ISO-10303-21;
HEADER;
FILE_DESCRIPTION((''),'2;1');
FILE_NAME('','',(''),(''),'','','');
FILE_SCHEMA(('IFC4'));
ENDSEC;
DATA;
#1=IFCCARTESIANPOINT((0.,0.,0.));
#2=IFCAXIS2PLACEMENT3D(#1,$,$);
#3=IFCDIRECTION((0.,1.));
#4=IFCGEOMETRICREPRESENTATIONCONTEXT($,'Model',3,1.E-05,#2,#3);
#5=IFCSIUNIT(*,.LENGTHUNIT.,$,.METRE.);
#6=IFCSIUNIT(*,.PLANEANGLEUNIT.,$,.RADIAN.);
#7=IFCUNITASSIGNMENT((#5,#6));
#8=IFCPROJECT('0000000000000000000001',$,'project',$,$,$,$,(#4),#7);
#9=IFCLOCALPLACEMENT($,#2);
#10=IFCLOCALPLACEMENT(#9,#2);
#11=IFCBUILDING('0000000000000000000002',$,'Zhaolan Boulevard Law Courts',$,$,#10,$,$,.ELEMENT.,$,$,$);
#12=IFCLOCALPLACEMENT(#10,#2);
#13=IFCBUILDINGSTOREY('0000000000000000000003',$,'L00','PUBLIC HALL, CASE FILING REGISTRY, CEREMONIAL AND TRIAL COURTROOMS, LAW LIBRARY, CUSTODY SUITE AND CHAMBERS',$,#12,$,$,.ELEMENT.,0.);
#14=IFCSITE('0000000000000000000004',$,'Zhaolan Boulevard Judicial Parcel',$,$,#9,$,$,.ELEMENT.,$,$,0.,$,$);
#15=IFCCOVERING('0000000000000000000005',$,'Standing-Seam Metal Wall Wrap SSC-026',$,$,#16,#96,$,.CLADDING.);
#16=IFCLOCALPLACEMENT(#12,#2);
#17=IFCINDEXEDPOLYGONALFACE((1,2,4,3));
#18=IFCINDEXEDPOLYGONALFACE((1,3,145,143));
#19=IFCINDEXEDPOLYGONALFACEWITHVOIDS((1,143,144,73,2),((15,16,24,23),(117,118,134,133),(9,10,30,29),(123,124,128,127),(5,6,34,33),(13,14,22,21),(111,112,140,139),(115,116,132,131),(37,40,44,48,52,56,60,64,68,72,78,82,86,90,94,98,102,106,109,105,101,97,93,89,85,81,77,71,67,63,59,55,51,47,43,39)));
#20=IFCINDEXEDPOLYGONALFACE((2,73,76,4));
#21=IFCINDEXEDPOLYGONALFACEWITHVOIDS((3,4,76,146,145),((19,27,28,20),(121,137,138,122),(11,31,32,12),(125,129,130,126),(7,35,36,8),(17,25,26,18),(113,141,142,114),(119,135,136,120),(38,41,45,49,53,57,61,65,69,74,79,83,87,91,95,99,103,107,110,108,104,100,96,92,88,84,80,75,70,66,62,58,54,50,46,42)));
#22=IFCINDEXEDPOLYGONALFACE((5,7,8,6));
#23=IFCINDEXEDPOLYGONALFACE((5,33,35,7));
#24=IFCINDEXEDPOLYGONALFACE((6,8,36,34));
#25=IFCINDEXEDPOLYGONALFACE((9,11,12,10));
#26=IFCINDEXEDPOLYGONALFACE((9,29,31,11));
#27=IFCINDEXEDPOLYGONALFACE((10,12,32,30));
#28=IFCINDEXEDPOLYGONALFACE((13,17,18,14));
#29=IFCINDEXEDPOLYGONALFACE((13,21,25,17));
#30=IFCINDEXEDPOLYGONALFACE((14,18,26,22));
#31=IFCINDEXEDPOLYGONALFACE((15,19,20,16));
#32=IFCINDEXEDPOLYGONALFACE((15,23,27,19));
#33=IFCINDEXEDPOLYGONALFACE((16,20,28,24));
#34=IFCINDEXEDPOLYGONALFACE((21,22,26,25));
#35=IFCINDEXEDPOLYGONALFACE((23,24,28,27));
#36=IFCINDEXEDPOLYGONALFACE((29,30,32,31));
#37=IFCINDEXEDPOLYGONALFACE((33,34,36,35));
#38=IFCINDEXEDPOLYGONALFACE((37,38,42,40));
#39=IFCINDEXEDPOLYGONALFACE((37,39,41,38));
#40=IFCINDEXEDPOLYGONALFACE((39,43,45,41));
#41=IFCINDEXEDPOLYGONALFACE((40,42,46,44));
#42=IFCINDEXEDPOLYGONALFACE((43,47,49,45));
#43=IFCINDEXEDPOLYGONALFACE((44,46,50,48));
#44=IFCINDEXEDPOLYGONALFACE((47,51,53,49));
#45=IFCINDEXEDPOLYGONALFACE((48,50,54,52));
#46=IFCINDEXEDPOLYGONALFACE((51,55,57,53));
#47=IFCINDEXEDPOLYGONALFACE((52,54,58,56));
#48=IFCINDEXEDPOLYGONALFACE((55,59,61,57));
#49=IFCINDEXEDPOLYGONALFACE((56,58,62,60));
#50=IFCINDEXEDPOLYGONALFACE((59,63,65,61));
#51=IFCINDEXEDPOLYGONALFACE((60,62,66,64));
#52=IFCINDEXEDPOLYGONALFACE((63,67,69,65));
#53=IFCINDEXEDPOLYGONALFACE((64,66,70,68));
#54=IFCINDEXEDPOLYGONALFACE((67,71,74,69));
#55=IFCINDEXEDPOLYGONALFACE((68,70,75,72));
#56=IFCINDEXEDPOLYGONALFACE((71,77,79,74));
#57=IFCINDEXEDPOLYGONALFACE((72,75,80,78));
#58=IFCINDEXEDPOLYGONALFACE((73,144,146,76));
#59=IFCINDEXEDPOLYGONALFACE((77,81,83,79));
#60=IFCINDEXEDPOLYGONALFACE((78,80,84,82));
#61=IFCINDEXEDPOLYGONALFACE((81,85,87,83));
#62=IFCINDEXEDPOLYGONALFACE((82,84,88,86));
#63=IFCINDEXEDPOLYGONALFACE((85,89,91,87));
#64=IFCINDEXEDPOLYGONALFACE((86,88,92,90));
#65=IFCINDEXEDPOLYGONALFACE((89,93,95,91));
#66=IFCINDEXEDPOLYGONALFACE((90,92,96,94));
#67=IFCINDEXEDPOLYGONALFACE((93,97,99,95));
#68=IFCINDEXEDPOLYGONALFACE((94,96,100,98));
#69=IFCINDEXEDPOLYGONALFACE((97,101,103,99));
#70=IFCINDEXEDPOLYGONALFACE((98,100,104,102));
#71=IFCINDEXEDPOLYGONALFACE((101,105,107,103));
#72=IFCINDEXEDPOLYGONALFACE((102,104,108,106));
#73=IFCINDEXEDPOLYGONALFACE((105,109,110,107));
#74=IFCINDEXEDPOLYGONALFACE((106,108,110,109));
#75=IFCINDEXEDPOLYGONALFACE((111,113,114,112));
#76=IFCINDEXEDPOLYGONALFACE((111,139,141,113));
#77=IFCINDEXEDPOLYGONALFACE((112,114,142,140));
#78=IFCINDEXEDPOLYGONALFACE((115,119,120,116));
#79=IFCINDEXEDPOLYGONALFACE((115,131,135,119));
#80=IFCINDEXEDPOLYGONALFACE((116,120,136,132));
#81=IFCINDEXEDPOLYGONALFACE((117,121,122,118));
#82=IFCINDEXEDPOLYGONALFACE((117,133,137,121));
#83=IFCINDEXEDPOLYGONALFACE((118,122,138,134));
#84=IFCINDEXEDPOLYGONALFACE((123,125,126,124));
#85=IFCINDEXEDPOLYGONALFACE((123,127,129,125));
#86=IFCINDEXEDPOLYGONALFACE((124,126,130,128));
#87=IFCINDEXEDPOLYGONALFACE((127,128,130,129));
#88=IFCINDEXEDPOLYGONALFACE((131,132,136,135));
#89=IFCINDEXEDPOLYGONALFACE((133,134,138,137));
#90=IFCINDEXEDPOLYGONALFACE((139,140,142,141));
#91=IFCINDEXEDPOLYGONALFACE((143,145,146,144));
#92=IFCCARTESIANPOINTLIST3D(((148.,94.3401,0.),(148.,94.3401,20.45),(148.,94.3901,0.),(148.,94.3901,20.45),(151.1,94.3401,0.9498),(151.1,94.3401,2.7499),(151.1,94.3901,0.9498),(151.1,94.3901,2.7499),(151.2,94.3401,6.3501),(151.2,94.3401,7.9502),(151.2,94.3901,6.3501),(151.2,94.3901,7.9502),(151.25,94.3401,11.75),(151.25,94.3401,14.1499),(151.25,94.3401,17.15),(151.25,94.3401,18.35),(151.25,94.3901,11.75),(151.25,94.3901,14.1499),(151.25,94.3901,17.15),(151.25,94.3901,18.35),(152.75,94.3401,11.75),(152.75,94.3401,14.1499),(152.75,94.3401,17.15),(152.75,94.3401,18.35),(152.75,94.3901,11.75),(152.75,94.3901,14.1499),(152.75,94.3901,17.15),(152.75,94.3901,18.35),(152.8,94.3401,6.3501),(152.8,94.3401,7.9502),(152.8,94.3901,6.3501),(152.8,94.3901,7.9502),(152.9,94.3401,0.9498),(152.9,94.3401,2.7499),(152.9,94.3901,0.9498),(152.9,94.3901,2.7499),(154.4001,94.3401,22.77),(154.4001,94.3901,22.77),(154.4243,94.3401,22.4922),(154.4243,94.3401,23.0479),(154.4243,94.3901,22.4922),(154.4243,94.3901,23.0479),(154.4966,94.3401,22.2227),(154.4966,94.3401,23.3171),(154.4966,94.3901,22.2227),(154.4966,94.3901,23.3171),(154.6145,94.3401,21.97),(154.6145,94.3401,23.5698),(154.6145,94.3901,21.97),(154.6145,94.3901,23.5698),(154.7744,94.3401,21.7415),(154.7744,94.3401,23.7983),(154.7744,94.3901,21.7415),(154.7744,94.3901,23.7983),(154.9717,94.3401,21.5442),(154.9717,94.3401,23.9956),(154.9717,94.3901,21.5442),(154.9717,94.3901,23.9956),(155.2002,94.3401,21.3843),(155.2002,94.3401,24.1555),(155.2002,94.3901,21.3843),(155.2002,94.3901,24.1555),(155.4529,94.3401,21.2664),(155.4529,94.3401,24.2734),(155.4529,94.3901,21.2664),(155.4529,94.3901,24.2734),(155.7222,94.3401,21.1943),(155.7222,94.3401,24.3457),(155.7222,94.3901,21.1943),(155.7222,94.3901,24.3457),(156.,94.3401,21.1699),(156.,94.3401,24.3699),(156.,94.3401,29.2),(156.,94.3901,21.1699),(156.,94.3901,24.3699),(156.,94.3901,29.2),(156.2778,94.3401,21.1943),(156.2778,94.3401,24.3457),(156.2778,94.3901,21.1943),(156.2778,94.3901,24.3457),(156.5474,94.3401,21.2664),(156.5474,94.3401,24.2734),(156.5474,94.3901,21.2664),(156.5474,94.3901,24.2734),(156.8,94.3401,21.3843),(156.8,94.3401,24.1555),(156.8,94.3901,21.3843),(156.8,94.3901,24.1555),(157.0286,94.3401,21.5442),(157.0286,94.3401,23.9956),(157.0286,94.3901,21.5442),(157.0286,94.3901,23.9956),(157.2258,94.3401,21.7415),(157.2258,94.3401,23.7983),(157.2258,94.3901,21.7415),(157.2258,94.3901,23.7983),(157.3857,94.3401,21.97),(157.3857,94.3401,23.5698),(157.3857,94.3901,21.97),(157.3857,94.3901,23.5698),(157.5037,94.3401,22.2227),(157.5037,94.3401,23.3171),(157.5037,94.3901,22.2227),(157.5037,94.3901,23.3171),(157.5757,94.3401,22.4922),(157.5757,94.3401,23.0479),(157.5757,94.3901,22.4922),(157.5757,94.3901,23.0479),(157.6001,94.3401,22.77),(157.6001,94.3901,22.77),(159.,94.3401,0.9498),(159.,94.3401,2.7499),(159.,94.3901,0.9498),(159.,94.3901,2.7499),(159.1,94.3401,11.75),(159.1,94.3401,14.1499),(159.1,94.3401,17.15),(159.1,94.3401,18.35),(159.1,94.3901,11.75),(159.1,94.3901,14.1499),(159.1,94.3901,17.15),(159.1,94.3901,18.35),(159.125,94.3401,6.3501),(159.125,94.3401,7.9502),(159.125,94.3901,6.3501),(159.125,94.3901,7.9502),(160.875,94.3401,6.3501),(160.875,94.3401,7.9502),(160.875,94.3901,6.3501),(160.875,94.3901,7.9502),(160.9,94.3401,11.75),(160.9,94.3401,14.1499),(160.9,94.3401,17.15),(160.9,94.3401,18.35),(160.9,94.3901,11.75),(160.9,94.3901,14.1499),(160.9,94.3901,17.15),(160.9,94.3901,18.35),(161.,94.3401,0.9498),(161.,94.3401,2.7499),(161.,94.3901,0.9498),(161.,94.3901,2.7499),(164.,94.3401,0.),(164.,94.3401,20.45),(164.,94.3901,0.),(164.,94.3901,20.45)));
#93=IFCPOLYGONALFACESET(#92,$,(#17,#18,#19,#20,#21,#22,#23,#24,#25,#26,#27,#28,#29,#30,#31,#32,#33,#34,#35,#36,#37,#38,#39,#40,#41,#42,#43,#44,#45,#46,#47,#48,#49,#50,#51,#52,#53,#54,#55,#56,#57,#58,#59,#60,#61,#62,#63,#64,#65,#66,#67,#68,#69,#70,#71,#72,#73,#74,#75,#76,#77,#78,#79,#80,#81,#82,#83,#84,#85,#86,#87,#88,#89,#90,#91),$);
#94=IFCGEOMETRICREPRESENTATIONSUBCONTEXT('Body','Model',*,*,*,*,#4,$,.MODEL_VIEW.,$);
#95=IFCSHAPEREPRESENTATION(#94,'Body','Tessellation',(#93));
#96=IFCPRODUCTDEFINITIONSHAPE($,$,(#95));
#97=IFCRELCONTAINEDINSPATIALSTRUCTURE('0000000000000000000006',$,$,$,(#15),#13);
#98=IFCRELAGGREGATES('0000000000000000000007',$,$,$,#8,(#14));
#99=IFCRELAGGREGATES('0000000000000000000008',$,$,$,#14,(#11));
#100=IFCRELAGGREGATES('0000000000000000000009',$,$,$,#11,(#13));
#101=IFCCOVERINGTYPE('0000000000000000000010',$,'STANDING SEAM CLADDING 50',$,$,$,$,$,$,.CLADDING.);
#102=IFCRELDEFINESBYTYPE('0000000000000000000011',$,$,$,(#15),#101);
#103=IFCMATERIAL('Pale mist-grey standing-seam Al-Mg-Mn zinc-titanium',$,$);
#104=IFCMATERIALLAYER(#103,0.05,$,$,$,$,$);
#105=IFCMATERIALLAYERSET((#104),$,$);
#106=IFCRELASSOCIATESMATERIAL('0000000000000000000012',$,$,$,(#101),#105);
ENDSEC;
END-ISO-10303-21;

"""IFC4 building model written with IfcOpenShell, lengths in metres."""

from ifc_helpers import new_model, si_unit, direction, frame, frame_2d, origin, place, context, subcontext, project, spatial, polyline, rectangle, outline, extrude, material, layer, layer_set, type_object, element, save


model = new_model("IFC4")

# Units and contexts
model_context = context("Model", 3, precision=1e-05, world=origin(), true_north=direction((0.0, 1.0)))
body_context = subcontext(model_context, "Body", "Model", "MODEL_VIEW")
ifc_project = project(units=[si_unit("LENGTHUNIT", "METRE"), si_unit("PLANEANGLEUNIT", "RADIAN")], contexts=[model_context])

# Site, building, storey
site_placement = place(None, origin())
site = spatial("IfcSite", under=ifc_project, at=site_placement, Name="Zhaolan Boulevard Judicial Parcel", CompositionType="ELEMENT", RefElevation=0.0)
building_placement = place(site_placement, origin())
building = spatial("IfcBuilding", under=site, at=building_placement, Name="Zhaolan Boulevard Law Courts", CompositionType="ELEMENT")
storey_placement = place(building_placement, origin())
storey = spatial("IfcBuildingStorey", under=building, at=storey_placement, Name="L00", Description="PUBLIC HALL, CASE FILING REGISTRY, CEREMONIAL AND TRIAL COURTROOMS, LAW LIBRARY, CUSTODY SUITE AND CHAMBERS", CompositionType="ELEMENT", Elevation=0.0)

# Covering, openings
ifc_material_1 = material(Name="Pale mist-grey standing-seam Al-Mg-Mn zinc-titanium")
ifc_layer_1 = layer(ifc_material_1, 0.05)
ifc_layer_set_1 = layer_set([ifc_layer_1])
covering_type = type_object("IfcCoveringType", Name="STANDING SEAM CLADDING 50", PredefinedType="CLADDING", material=ifc_layer_set_1)
covering_placement = place(storey_placement, frame((164.0, 94.365, 0.0), z_axis=(0.0, 0.0, 1.0), x_axis=(-1.0, 0.0, 0.0)))
covering = element("IfcCovering", 1, at=covering_placement, inside=storey, type_object=covering_type, Name="Standing-Seam Metal Wall Wrap SSC-026", PredefinedType="CLADDING", context=body_context, shape_type="SweptSolid", body=[
    extrude(outline(polyline([(0.0, 0.0), (16.0, 0.0), (16.0, 20.45), (8.0, 29.2), (0.0, 20.45), (0.0, 0.0)])), frame((0.0, 0.0249, 0.0), z_axis=(0.0, -1.0, 0.0), x_axis=(1.0, 0.0, 0.0)), (0.0, 0.0, 1.0), 0.05),
])
opening_1_placement = place(storey_placement, frame((152.8999, 94.365, 0.95), z_axis=(0.0, 0.0, 1.0), x_axis=(-1.0, 0.0, 0.0)))
element("IfcOpeningElement", 2, at=opening_1_placement, cuts=covering, PredefinedType="OPENING", context=body_context, shape_type="SweptSolid", body=[
    extrude(rectangle(XDim=1.8, YDim=1.8, at=frame_2d((0.8999, 0.8999))), frame((0.0, 0.1499, 0.0), z_axis=(0.0, -1.0, 0.0), x_axis=(1.0, 0.0, 0.0)), (0.0, 0.0, 1.0), 0.3),
])
opening_2_placement = place(storey_placement, frame((161.0, 94.365, 0.95), z_axis=(0.0, 0.0, 1.0), x_axis=(-1.0, 0.0, 0.0)))
element("IfcOpeningElement", 3, at=opening_2_placement, cuts=covering, PredefinedType="OPENING", context=body_context, shape_type="SweptSolid", body=[
    extrude(rectangle(XDim=2.0, YDim=1.8, at=frame_2d((1.0, 0.8999))), frame((0.0, 0.1499, 0.0), z_axis=(0.0, -1.0, 0.0), x_axis=(1.0, 0.0, 0.0)), (0.0, 0.0, 1.0), 0.3),
])
opening_3_placement = place(storey_placement, frame((152.8, 94.365, 6.3501), z_axis=(0.0, 0.0, 1.0), x_axis=(-1.0, 0.0, 0.0)))
element("IfcOpeningElement", 4, at=opening_3_placement, cuts=covering, PredefinedType="OPENING", context=body_context, shape_type="SweptSolid", body=[
    extrude(rectangle(XDim=1.6001, YDim=1.6001, at=frame_2d((0.8, 0.8))), frame((0.0, 0.1499, 0.0), z_axis=(0.0, -1.0, 0.0), x_axis=(1.0, 0.0, 0.0)), (0.0, 0.0, 1.0), 0.3),
])
opening_4_placement = place(storey_placement, frame((160.875, 94.365, 6.3501), z_axis=(0.0, 0.0, 1.0), x_axis=(-1.0, 0.0, 0.0)))
element("IfcOpeningElement", 5, at=opening_4_placement, cuts=covering, PredefinedType="OPENING", context=body_context, shape_type="SweptSolid", body=[
    extrude(rectangle(XDim=1.75, YDim=1.6001, at=frame_2d((0.875, 0.8))), frame((0.0, 0.1499, 0.0), z_axis=(0.0, -1.0, 0.0), x_axis=(1.0, 0.0, 0.0)), (0.0, 0.0, 1.0), 0.3),
])
opening_5_placement = place(storey_placement, frame((152.75, 94.365, 11.75), z_axis=(0.0, 0.0, 1.0), x_axis=(-1.0, 0.0, 0.0)))
element("IfcOpeningElement", 6, at=opening_5_placement, cuts=covering, PredefinedType="OPENING", context=body_context, shape_type="SweptSolid", body=[
    extrude(rectangle(XDim=1.5, YDim=2.3999, at=frame_2d((0.75, 1.2))), frame((0.0, 0.1499, 0.0), z_axis=(0.0, -1.0, 0.0), x_axis=(1.0, 0.0, 0.0)), (0.0, 0.0, 1.0), 0.3),
])
opening_6_placement = place(storey_placement, frame((160.8999, 94.365, 11.75), z_axis=(0.0, 0.0, 1.0), x_axis=(-1.0, 0.0, 0.0)))
element("IfcOpeningElement", 7, at=opening_6_placement, cuts=covering, PredefinedType="OPENING", context=body_context, shape_type="SweptSolid", body=[
    extrude(rectangle(XDim=1.8, YDim=2.3999, at=frame_2d((0.8999, 1.2))), frame((0.0, 0.1499, 0.0), z_axis=(0.0, -1.0, 0.0), x_axis=(1.0, 0.0, 0.0)), (0.0, 0.0, 1.0), 0.3),
])
opening_7_placement = place(storey_placement, frame((152.75, 94.365, 17.1499), z_axis=(0.0, 0.0, 1.0), x_axis=(-1.0, 0.0, 0.0)))
element("IfcOpeningElement", 8, at=opening_7_placement, cuts=covering, PredefinedType="OPENING", context=body_context, shape_type="SweptSolid", body=[
    extrude(rectangle(XDim=1.5, YDim=1.2, at=frame_2d((0.75, 0.6001))), frame((0.0, 0.1499, 0.0), z_axis=(0.0, -1.0, 0.0), x_axis=(1.0, 0.0, 0.0)), (0.0, 0.0, 1.0), 0.3),
])
opening_8_placement = place(storey_placement, frame((160.8999, 94.365, 17.1499), z_axis=(0.0, 0.0, 1.0), x_axis=(-1.0, 0.0, 0.0)))
element("IfcOpeningElement", 9, at=opening_8_placement, cuts=covering, PredefinedType="OPENING", context=body_context, shape_type="SweptSolid", body=[
    extrude(rectangle(XDim=1.8, YDim=1.2, at=frame_2d((0.8999, 0.6001))), frame((0.0, 0.1499, 0.0), z_axis=(0.0, -1.0, 0.0), x_axis=(1.0, 0.0, 0.0)), (0.0, 0.0, 1.0), 0.3),
])
opening_9_placement = place(storey_placement, frame((157.6001, 94.365, 21.1699), z_axis=(0.0, 0.0, 1.0), x_axis=(-1.0, 0.0, 0.0)))
element("IfcOpeningElement", 10, at=opening_9_placement, cuts=covering, PredefinedType="OPENING", context=body_context, shape_type="SweptSolid", body=[
    extrude(outline(polyline([(3.2, 1.6001), (3.1758, 1.8779), (3.1035, 2.1472), (2.9856, 2.3999), (2.8257, 2.6284), (2.6284, 2.8257), (2.3999, 2.9856), (2.1472, 3.1035), (1.8779, 3.1758), (1.6001, 3.2), (1.3223, 3.1758), (1.0527, 3.1035), (0.8, 2.9856), (0.5715, 2.8257), (0.3743, 2.6284), (0.2144, 2.3999), (0.0964, 2.1472), (0.0244, 1.8779), (0.0, 1.6001), (0.0244, 1.3223), (0.0964, 1.0527), (0.2144, 0.8), (0.3743, 0.5715), (0.5715, 0.3743), (0.8, 0.2144), (1.0527, 0.0964), (1.3223, 0.0244), (1.6001, 0.0), (1.8779, 0.0244), (2.1472, 0.0964), (2.3999, 0.2144), (2.6284, 0.3743), (2.8257, 0.5715), (2.9856, 0.8), (3.1035, 1.0527), (3.1758, 1.3223), (3.2, 1.6001)])), frame((0.0, 0.1499, 0.0), z_axis=(0.0, -1.0, 0.0), x_axis=(1.0, 0.0, 0.0)), (0.0, 0.0, 1.0), 0.3),
])

save(model, "model.ifc")
